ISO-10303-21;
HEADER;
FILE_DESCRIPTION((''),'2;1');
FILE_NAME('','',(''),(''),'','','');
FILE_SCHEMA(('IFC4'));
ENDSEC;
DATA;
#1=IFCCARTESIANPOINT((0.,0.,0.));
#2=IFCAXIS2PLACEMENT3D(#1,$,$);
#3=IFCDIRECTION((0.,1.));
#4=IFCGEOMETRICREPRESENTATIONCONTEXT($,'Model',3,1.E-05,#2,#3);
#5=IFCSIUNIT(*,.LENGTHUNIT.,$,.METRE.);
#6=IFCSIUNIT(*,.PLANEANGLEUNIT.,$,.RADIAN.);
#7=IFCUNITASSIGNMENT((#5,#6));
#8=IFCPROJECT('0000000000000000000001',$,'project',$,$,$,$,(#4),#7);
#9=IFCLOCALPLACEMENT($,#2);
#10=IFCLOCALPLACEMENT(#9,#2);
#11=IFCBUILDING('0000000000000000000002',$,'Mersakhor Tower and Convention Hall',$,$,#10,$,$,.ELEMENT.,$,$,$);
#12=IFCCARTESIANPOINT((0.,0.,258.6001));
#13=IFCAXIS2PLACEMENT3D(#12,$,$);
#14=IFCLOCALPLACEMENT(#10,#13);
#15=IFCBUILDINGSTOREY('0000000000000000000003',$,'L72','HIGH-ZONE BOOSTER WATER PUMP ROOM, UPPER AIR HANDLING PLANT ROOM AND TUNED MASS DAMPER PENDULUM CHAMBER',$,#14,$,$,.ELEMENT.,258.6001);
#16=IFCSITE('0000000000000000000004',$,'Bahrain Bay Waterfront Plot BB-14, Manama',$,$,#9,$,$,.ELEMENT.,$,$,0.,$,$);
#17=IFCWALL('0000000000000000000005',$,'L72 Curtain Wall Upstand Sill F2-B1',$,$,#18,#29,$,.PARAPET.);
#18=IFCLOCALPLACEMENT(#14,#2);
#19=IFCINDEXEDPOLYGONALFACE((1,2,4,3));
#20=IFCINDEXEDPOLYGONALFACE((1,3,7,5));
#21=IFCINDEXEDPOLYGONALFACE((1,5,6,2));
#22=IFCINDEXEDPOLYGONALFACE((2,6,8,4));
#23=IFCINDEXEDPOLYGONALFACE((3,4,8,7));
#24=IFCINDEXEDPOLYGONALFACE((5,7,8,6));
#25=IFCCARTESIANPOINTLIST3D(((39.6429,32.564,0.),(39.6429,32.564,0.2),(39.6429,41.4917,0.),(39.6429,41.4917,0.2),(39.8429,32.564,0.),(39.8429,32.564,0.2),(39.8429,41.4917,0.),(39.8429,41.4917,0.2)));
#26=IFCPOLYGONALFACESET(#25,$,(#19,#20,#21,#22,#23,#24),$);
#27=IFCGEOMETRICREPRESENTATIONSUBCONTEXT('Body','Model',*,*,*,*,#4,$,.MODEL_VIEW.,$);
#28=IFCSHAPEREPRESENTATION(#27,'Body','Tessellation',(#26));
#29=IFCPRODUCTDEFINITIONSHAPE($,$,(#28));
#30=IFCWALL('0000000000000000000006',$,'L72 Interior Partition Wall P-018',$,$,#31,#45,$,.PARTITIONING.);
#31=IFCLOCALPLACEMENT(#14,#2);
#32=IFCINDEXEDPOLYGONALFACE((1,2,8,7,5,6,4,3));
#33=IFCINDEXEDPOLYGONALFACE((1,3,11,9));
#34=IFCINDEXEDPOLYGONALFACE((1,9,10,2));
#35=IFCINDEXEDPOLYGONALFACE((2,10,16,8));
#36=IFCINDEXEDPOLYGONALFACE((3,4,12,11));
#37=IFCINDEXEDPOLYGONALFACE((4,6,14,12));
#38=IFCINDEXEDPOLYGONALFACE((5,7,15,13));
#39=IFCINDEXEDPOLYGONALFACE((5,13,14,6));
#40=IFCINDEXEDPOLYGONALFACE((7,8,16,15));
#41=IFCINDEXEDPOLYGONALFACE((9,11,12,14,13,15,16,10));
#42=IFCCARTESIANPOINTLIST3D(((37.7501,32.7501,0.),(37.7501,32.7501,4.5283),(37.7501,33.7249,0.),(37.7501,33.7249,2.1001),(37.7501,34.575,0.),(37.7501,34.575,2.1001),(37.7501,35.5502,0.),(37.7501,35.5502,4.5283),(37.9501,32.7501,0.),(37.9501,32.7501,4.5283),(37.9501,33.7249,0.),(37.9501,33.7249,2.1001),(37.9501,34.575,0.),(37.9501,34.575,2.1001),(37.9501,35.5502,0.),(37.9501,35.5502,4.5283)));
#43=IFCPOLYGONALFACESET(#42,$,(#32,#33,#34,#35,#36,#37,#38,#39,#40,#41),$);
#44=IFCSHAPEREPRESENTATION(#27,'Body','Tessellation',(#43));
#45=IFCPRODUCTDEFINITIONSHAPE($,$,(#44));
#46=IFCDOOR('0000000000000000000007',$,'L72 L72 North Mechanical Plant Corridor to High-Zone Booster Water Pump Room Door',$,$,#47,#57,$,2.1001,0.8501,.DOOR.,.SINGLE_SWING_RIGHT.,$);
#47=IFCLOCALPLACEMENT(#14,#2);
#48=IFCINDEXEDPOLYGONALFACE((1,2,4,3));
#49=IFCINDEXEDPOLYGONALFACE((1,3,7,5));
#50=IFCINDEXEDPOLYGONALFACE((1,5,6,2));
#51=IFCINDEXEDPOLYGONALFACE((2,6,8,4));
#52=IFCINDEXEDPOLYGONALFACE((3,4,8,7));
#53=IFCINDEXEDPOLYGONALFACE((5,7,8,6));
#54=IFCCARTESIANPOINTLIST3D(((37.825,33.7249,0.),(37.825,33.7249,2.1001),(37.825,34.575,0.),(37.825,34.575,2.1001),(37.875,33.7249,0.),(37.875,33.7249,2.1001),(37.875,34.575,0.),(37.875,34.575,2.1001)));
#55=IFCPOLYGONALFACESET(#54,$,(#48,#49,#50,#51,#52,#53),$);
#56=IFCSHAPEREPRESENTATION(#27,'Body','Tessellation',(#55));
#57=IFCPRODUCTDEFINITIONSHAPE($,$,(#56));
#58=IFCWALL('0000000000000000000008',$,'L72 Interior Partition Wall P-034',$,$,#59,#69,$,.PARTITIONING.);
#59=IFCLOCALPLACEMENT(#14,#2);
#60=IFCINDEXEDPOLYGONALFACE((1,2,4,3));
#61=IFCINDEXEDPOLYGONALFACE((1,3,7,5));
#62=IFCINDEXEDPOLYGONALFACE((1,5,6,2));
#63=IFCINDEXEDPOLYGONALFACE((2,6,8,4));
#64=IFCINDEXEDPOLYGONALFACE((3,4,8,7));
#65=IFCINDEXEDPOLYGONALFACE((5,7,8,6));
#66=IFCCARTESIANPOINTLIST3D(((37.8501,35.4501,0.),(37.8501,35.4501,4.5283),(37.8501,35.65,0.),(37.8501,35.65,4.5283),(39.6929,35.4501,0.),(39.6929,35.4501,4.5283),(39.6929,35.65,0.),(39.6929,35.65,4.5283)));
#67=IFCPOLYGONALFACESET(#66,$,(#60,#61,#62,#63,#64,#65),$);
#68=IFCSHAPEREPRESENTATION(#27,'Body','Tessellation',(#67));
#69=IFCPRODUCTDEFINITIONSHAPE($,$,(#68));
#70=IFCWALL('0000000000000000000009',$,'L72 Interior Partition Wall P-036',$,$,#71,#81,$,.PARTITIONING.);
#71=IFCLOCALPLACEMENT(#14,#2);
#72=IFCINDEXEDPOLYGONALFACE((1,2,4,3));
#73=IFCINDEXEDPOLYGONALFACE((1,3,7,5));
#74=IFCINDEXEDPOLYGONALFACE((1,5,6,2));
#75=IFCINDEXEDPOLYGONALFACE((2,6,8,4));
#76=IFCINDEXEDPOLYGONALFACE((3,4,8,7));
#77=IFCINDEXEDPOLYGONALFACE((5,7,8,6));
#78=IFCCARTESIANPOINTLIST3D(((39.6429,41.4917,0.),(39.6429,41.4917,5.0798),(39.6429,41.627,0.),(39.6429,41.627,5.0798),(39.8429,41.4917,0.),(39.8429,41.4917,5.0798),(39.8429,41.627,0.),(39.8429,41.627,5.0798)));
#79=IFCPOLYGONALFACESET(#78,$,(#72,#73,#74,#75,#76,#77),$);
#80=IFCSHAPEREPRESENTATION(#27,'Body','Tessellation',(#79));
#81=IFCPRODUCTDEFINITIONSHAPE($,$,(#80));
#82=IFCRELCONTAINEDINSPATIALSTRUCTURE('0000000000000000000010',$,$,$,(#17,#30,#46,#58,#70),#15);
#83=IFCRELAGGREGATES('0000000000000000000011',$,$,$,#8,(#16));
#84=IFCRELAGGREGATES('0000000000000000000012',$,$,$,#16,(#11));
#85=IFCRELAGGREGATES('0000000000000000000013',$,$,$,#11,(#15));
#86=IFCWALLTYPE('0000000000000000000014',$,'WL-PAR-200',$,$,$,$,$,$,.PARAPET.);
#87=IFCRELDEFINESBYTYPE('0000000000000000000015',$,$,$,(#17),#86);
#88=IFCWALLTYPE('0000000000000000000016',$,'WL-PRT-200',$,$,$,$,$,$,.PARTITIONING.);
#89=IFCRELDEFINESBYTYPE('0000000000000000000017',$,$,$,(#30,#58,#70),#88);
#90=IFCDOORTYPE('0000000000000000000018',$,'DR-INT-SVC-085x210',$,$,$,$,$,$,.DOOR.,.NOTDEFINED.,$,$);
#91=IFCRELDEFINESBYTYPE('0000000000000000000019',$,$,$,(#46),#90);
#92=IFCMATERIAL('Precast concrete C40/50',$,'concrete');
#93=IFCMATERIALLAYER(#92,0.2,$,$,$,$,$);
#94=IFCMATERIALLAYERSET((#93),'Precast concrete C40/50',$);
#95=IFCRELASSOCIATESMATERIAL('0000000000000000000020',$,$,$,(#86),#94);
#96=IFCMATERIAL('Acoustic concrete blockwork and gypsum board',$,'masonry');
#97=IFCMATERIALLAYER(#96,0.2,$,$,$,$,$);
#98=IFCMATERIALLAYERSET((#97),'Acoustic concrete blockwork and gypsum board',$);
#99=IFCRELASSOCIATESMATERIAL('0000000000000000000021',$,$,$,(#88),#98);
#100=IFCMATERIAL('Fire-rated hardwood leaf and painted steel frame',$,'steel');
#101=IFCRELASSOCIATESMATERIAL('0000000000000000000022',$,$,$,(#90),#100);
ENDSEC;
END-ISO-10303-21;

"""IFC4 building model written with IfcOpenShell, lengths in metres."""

from ifc_helpers import new_model, si_unit, direction, frame, frame_2d, origin, place, context, subcontext, project, spatial, rectangle, extrude, material, layer, layer_set, type_object, element, fill, save


model = new_model("IFC4")

# Units and contexts
model_context = context("Model", 3, precision=1e-05, world=origin(), true_north=direction((0.0, 1.0)))
body_context = subcontext(model_context, "Body", "Model", "MODEL_VIEW")
ifc_project = project(units=[si_unit("LENGTHUNIT", "METRE"), si_unit("PLANEANGLEUNIT", "RADIAN")], contexts=[model_context])

# Site, building, storey
site_placement = place(None, origin())
site = spatial("IfcSite", under=ifc_project, at=site_placement, Name="Bahrain Bay Waterfront Plot BB-14, Manama", CompositionType="ELEMENT", RefElevation=0.0)
building_placement = place(site_placement, origin())
building = spatial("IfcBuilding", under=site, at=building_placement, Name="Mersakhor Tower and Convention Hall", CompositionType="ELEMENT")
storey_placement = place(building_placement, frame((0.0, 0.0, 258.6001)))
storey = spatial("IfcBuildingStorey", under=building, at=storey_placement, Name="L72", Description="HIGH-ZONE BOOSTER WATER PUMP ROOM, UPPER AIR HANDLING PLANT ROOM AND TUNED MASS DAMPER PENDULUM CHAMBER", CompositionType="ELEMENT", Elevation=258.6001)

# Wall
ifc_material_1 = material(Name="Precast concrete C40/50", Category="concrete")
ifc_layer_1 = layer(ifc_material_1, 0.2)
ifc_layer_set_1 = layer_set([ifc_layer_1], Name="Precast concrete C40/50")
wall_type_1 = type_object("IfcWallType", Name="WL-PAR-200", PredefinedType="PARAPET", material=ifc_layer_set_1)
wall_1_placement = place(storey_placement, frame((39.7429, 41.4917, 0.0), z_axis=(0.0, 0.0, 1.0), x_axis=(0.0, -1.0, 0.0)))
element("IfcWall", 1, at=wall_1_placement, inside=storey, type_object=wall_type_1, Name="L72 Curtain Wall Upstand Sill F2-B1", PredefinedType="PARAPET", context=body_context, shape_type="SweptSolid", body=[
    extrude(rectangle(XDim=8.9277, YDim=0.2, at=frame_2d((4.4639, 0.0))), origin(), (0.0, 0.0, 1.0), 0.2),
])

# Wall, opening, door
ifc_material_2 = material(Name="Acoustic concrete blockwork and gypsum board", Category="masonry")
ifc_layer_2 = layer(ifc_material_2, 0.2)
ifc_layer_set_2 = layer_set([ifc_layer_2], Name="Acoustic concrete blockwork and gypsum board")
wall_type_2 = type_object("IfcWallType", Name="WL-PRT-200", PredefinedType="PARTITIONING", material=ifc_layer_set_2)
wall_2_placement = place(storey_placement, frame((37.8501, 35.55, 0.0), z_axis=(0.0, 0.0, 1.0), x_axis=(0.0, -1.0, 0.0)))
wall_2 = element("IfcWall", 2, at=wall_2_placement, inside=storey, type_object=wall_type_2, Name="L72 Interior Partition Wall P-018", PredefinedType="PARTITIONING", context=body_context, shape_type="SweptSolid", body=[
    extrude(rectangle(XDim=2.8, YDim=0.2, at=frame_2d((1.3999, 0.0))), origin(), (0.0, 0.0, 1.0), 4.5283),
])
opening_placement = place(wall_2_placement, frame((0.9751, 0.0, 0.0)))
opening = element("IfcOpeningElement", 3, at=opening_placement, cuts=wall_2, PredefinedType="OPENING", context=body_context, shape_type="SweptSolid", body=[
    extrude(rectangle(XDim=0.8501, YDim=2.1001, at=frame_2d((0.425, 1.05))), frame((0.0, 0.1099, 0.0), z_axis=(0.0, -1.0, 0.0), x_axis=(1.0, 0.0, 0.0)), (0.0, 0.0, 1.0), 0.22),
])
ifc_material_3 = material(Name="Fire-rated hardwood leaf and painted steel frame", Category="steel")
door_type = type_object("IfcDoorType", Name="DR-INT-SVC-085x210", OperationType="NOTDEFINED", PredefinedType="DOOR", material=ifc_material_3)
door_placement = place(opening_placement, origin())
door = element("IfcDoor", 4, at=door_placement, inside=storey, type_object=door_type, Name="L72 L72 North Mechanical Plant Corridor to High-Zone Booster Water Pump Room Door", OperationType="SINGLE_SWING_RIGHT", OverallHeight=2.1001, OverallWidth=0.8501, PredefinedType="DOOR", context=body_context, shape_type="SweptSolid", body=[
    extrude(rectangle(XDim=0.8501, YDim=2.1001, at=frame_2d((0.425, 1.05))), frame((0.0, 0.0249, 0.0), z_axis=(0.0, -1.0, 0.0), x_axis=(1.0, 0.0, 0.0)), (0.0, 0.0, 1.0), 0.05),
])
fill(opening, door)

# Walls
wall_3_placement = place(storey_placement, frame((39.6929, 35.55, 0.0), z_axis=(0.0, 0.0, 1.0), x_axis=(-1.0, 0.0, 0.0)))
element("IfcWall", 5, at=wall_3_placement, inside=storey, type_object=wall_type_2, Name="L72 Interior Partition Wall P-034", PredefinedType="PARTITIONING", context=body_context, shape_type="SweptSolid", body=[
    extrude(rectangle(XDim=1.8428, YDim=0.2, at=frame_2d((0.9214, 0.0))), origin(), (0.0, 0.0, 1.0), 4.5283),
])
wall_4_placement = place(storey_placement, frame((39.7429, 41.627, 0.0), z_axis=(0.0, 0.0, 1.0), x_axis=(0.0, -1.0, 0.0)))
element("IfcWall", 6, at=wall_4_placement, inside=storey, type_object=wall_type_2, Name="L72 Interior Partition Wall P-036", PredefinedType="PARTITIONING", context=body_context, shape_type="SweptSolid", body=[
    extrude(rectangle(XDim=0.1353, YDim=0.2, at=frame_2d((0.0676, 0.0))), origin(), (0.0, 0.0, 1.0), 5.0798),
])

save(model, "model.ifc")
